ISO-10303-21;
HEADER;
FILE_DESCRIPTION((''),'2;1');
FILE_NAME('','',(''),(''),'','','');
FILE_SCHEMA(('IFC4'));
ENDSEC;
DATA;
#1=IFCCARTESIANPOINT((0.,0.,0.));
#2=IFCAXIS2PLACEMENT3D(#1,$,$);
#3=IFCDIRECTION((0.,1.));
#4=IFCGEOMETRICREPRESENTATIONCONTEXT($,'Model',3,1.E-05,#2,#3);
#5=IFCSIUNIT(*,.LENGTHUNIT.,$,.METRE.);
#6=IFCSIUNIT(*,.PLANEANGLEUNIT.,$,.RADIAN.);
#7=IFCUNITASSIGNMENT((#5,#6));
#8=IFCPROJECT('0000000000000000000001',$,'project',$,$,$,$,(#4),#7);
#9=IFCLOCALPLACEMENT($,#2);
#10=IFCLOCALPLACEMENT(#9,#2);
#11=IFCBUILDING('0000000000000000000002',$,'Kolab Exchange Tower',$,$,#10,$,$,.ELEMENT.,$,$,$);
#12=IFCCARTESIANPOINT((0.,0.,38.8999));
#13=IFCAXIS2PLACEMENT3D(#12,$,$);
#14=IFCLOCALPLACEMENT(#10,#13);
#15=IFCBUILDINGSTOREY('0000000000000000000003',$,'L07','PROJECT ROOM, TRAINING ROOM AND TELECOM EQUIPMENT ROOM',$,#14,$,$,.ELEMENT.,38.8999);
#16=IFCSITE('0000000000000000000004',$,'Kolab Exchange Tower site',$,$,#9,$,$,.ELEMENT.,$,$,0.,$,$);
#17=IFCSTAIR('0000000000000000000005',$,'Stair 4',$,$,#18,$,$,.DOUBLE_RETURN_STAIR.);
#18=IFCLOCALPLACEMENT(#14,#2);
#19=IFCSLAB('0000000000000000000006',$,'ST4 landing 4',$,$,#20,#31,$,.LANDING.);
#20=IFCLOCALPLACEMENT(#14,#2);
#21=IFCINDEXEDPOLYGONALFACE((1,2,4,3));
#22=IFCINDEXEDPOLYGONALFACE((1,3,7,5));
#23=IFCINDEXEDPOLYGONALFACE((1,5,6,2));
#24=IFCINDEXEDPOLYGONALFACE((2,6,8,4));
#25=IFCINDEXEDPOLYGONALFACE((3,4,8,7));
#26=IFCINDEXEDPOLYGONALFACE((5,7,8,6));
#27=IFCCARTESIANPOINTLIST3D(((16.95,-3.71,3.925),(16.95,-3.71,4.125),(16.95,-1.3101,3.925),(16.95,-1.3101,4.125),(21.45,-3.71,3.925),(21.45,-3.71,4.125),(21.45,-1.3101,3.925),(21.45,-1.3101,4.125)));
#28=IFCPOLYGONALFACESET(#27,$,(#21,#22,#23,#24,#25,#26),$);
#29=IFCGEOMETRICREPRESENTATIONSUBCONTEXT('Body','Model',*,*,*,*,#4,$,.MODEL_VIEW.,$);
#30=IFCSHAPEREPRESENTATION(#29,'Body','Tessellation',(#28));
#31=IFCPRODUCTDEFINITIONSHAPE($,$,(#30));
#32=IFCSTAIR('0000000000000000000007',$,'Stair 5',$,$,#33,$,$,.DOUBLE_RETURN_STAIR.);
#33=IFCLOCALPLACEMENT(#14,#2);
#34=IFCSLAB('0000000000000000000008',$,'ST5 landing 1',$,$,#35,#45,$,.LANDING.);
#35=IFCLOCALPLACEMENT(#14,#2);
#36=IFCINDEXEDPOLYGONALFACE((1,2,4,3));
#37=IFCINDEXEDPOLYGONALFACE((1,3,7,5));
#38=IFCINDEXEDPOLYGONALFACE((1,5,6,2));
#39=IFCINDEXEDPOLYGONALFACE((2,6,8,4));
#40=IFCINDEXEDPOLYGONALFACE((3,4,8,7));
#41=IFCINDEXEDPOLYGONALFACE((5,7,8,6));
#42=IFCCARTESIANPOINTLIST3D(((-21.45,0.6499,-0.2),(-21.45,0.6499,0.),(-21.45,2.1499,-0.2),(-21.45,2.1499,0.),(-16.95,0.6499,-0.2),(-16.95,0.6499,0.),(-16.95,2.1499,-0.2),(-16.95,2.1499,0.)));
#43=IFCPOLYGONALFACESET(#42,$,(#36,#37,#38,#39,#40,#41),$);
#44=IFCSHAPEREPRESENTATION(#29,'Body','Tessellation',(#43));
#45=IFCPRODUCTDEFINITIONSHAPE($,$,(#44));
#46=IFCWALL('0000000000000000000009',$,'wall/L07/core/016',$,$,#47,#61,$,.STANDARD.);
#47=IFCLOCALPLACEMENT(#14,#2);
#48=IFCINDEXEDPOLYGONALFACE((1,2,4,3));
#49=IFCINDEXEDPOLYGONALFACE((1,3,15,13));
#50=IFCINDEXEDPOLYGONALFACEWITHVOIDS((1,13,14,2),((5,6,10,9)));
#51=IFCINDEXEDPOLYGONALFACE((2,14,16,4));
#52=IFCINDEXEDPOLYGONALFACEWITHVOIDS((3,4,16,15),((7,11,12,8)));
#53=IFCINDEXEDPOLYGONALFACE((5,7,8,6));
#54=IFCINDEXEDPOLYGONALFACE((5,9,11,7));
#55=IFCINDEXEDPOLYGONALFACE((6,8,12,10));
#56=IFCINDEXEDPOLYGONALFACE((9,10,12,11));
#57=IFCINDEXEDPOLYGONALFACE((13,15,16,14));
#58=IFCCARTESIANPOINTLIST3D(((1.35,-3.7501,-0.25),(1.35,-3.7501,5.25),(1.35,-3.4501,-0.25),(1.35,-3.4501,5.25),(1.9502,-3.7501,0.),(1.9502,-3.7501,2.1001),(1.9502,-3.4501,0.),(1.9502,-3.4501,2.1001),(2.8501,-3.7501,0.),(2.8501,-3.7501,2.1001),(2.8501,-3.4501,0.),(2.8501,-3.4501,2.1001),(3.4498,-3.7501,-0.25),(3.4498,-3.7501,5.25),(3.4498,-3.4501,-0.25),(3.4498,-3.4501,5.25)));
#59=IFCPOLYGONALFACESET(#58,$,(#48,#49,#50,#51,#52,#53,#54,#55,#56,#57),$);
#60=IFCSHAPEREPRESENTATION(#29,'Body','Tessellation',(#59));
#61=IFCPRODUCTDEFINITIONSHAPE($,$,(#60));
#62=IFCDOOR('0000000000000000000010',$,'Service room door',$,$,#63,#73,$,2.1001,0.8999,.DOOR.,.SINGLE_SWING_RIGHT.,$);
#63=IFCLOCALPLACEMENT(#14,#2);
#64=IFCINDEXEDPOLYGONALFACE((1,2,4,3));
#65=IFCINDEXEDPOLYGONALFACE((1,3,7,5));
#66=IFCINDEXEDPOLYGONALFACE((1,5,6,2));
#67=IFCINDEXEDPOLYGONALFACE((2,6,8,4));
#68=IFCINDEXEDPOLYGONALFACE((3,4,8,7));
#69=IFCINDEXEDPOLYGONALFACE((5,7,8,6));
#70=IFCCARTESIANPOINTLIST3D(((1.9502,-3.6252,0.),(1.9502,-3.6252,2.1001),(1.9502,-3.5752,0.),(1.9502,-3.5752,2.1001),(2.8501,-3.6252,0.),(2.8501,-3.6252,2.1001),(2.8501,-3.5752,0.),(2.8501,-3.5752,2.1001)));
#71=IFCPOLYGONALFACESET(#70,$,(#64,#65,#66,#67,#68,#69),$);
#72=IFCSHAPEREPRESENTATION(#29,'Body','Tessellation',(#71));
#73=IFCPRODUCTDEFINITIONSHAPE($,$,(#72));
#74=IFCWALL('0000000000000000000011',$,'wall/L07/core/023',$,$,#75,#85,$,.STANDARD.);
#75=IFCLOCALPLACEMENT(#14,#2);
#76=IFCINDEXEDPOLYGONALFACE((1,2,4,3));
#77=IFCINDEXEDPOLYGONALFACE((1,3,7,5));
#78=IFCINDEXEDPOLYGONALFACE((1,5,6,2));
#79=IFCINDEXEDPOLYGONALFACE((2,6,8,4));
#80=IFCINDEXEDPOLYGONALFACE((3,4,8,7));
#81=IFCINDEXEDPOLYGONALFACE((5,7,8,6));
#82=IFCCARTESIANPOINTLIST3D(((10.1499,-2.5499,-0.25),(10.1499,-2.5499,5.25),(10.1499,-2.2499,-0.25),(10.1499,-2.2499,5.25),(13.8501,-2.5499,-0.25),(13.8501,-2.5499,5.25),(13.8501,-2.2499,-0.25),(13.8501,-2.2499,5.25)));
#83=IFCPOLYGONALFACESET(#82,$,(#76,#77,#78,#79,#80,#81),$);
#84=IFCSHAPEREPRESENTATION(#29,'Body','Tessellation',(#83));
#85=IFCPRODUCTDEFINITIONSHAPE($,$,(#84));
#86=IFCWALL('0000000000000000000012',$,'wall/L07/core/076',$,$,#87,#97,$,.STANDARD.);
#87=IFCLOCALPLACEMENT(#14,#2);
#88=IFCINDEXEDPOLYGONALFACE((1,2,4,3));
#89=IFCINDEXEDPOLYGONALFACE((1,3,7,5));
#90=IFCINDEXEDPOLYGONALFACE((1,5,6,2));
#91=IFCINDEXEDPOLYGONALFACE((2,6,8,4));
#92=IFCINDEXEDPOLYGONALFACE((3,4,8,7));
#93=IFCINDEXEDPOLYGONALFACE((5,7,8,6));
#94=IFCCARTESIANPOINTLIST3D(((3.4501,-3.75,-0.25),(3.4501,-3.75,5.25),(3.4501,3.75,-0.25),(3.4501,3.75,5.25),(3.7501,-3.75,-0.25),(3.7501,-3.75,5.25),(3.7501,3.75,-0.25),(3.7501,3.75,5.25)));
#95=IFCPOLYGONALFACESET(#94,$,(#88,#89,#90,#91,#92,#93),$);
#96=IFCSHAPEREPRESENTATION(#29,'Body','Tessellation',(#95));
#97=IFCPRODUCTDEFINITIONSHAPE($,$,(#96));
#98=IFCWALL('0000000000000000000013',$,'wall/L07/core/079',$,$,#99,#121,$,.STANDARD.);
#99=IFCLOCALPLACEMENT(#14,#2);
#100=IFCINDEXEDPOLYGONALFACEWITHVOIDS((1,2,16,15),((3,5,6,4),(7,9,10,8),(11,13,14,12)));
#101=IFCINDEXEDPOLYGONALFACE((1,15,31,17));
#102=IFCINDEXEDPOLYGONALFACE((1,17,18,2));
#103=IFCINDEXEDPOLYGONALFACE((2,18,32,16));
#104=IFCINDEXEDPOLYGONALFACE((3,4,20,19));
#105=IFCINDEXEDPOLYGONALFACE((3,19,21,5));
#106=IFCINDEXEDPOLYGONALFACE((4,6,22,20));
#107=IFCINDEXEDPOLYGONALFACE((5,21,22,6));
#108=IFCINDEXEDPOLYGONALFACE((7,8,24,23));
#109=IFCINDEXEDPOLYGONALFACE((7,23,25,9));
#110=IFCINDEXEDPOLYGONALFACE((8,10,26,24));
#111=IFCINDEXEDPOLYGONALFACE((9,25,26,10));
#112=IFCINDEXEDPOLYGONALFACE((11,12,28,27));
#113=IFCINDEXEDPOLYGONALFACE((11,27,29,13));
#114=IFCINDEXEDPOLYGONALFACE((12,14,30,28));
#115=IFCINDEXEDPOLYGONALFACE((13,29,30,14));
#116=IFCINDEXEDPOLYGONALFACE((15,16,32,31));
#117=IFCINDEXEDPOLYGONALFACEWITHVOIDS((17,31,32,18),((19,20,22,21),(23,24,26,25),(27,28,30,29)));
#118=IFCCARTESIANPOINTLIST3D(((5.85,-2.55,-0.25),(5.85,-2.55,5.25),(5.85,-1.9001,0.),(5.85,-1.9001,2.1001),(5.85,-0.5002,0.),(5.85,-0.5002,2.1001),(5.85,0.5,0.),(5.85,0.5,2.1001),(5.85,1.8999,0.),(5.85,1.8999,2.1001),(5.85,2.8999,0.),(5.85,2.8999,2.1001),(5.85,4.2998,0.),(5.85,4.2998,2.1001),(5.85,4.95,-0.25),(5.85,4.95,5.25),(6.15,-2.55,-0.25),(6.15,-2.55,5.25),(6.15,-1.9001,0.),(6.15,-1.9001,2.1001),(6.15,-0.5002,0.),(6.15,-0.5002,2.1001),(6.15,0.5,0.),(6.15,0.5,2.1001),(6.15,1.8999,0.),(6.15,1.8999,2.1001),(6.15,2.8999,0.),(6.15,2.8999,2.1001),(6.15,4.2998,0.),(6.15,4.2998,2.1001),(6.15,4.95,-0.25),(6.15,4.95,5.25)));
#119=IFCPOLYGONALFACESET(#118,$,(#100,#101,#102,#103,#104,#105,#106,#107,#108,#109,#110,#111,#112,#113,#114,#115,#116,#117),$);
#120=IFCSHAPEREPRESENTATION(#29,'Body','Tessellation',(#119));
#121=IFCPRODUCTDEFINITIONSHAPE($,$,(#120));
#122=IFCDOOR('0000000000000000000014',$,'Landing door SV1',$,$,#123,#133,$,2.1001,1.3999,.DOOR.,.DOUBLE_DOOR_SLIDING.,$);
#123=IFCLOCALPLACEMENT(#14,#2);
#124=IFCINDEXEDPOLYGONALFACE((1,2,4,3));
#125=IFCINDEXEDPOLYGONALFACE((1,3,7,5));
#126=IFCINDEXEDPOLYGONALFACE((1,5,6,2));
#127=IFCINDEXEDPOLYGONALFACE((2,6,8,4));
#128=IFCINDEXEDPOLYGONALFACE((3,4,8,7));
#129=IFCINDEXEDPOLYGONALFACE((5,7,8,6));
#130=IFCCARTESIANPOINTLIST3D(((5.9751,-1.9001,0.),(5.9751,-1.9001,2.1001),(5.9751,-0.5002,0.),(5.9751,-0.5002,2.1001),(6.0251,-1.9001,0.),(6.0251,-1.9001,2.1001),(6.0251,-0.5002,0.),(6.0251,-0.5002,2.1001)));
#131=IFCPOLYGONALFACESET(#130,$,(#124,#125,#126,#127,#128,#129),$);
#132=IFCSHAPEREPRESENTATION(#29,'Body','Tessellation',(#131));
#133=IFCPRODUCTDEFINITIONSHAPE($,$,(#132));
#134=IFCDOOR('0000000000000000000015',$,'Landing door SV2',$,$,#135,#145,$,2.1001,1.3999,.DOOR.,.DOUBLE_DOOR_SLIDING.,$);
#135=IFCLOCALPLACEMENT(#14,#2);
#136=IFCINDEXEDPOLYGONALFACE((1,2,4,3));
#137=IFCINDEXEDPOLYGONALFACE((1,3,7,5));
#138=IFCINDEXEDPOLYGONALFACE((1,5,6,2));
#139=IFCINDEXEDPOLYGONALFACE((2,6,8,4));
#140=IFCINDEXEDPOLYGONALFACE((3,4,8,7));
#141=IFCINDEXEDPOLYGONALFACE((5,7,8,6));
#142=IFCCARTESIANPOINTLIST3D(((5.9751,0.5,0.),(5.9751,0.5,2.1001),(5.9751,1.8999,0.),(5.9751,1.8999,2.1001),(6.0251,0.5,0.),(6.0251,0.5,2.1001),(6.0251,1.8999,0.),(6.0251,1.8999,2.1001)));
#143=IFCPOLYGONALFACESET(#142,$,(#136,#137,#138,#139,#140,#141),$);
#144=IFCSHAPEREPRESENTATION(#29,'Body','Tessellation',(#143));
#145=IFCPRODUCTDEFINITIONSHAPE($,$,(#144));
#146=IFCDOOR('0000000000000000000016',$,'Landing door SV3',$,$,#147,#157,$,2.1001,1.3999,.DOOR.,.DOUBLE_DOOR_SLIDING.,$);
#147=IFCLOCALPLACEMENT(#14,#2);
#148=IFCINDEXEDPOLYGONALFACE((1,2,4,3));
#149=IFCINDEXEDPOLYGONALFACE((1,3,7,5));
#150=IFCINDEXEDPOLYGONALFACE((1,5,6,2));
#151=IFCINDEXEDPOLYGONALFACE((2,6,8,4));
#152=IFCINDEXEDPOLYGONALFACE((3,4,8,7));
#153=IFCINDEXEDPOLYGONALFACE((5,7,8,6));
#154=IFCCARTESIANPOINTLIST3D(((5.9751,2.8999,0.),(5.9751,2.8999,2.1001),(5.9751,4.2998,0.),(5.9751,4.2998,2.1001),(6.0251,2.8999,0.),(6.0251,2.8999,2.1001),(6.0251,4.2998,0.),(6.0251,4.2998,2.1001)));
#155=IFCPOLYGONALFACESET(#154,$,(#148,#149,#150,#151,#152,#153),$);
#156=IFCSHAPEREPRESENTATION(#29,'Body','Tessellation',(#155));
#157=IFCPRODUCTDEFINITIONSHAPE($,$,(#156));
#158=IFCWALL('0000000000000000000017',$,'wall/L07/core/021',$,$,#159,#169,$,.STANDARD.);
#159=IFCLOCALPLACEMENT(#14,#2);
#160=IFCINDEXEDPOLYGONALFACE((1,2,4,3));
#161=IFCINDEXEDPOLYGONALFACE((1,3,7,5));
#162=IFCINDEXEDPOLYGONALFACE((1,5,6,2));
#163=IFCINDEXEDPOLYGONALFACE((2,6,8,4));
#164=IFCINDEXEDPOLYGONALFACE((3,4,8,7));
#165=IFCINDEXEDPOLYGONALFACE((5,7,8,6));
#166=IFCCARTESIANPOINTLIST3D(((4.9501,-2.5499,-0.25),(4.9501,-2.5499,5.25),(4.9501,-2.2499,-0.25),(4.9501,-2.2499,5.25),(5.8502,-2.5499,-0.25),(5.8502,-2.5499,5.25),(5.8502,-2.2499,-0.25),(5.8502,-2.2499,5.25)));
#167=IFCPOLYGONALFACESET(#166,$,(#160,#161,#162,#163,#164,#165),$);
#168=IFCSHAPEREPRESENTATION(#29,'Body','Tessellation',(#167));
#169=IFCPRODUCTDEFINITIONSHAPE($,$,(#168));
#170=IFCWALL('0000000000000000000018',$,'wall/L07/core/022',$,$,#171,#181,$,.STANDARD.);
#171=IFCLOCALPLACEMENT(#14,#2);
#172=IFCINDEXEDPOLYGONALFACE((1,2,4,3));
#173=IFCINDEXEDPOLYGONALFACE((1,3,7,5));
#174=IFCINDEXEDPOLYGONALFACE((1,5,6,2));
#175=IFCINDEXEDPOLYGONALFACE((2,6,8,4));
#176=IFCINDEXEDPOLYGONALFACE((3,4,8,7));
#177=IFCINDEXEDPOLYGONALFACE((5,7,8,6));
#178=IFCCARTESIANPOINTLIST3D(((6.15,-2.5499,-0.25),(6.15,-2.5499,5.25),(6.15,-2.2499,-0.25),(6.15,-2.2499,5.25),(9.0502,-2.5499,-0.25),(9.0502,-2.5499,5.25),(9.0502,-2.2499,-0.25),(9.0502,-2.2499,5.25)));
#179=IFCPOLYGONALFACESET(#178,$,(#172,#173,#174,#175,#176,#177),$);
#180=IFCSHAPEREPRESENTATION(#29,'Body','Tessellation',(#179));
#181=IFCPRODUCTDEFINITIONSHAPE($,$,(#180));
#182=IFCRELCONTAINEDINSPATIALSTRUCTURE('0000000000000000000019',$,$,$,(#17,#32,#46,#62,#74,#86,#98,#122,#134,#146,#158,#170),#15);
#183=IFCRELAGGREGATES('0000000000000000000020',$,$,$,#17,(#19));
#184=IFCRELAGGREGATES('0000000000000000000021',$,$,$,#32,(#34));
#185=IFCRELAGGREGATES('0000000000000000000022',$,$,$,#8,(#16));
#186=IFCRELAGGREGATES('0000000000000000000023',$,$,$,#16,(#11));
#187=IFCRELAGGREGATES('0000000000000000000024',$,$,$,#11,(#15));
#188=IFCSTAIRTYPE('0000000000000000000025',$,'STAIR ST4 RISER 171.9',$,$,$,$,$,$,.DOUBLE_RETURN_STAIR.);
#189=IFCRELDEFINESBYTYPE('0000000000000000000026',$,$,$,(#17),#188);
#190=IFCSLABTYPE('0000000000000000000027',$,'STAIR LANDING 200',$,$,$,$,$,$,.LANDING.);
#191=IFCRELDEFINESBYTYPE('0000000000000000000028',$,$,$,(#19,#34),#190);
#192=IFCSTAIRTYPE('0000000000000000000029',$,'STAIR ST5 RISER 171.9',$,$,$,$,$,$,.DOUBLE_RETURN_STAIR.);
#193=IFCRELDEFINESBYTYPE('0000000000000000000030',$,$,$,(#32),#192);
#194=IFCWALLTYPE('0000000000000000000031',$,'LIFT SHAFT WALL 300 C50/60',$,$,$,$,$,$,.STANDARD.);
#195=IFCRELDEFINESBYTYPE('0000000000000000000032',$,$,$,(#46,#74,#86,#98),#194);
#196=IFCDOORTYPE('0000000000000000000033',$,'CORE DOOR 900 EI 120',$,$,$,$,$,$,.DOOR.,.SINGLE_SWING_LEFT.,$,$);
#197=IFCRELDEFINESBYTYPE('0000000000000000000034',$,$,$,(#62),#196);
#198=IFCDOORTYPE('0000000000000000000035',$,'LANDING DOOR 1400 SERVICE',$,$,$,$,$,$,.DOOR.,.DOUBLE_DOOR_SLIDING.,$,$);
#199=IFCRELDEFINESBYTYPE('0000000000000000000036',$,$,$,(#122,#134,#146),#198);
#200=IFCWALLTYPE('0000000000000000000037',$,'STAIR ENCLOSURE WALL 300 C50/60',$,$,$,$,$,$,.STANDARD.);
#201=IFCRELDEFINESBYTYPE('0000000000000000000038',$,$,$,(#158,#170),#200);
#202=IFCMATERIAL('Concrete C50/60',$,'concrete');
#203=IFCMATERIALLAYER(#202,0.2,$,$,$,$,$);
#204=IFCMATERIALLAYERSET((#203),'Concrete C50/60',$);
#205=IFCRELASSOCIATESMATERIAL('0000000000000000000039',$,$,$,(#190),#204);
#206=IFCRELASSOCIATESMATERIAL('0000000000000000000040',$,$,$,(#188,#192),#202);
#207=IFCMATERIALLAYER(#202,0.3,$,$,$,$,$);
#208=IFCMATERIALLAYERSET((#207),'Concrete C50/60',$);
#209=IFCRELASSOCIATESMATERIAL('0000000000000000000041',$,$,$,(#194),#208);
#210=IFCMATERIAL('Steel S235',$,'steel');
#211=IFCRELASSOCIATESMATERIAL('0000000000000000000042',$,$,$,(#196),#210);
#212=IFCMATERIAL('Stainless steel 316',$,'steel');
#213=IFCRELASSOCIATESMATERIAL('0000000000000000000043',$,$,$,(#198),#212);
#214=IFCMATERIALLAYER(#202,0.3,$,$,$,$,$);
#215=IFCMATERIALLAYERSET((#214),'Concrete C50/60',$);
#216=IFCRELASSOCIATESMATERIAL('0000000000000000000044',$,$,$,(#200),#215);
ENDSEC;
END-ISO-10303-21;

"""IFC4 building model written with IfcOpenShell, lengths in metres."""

from ifc_helpers import new_model, si_unit, direction, frame, frame_2d, origin, place, context, subcontext, project, spatial, polyline, rectangle, outline, extrude, material, layer, layer_set, type_object, element, fill, aggregate, save


model = new_model("IFC4")

# Units and contexts
model_context = context("Model", 3, precision=1e-05, world=origin(), true_north=direction((0.0, 1.0)))
body_context = subcontext(model_context, "Body", "Model", "MODEL_VIEW")
ifc_project = project(units=[si_unit("LENGTHUNIT", "METRE"), si_unit("PLANEANGLEUNIT", "RADIAN")], contexts=[model_context])

# Site, building, storey
site_placement = place(None, origin())
site = spatial("IfcSite", under=ifc_project, at=site_placement, Name="Kolab Exchange Tower site", CompositionType="ELEMENT", RefElevation=0.0)
building_placement = place(site_placement, origin())
building = spatial("IfcBuilding", under=site, at=building_placement, Name="Kolab Exchange Tower", CompositionType="ELEMENT")
storey_placement = place(building_placement, frame((0.0, 0.0, 38.8999)))
storey = spatial("IfcBuildingStorey", under=building, at=storey_placement, Name="L07", Description="PROJECT ROOM, TRAINING ROOM AND TELECOM EQUIPMENT ROOM", CompositionType="ELEMENT", Elevation=38.8999)

# Stair, slab
ifc_material_1 = material(Name="Concrete C50/60", Category="concrete")
ifc_layer_1 = layer(ifc_material_1, 0.2)
ifc_layer_set_1 = layer_set([ifc_layer_1], Name="Concrete C50/60")
slab_type = type_object("IfcSlabType", Name="STAIR LANDING 200", PredefinedType="LANDING", material=ifc_layer_set_1)
stair_type_1 = type_object("IfcStairType", Name="STAIR ST4 RISER 171.9", PredefinedType="DOUBLE_RETURN_STAIR", material=ifc_material_1)
stair_1_placement = place(storey_placement, origin())
stair_1 = element("IfcStair", 1, at=stair_1_placement, inside=storey, type_object=stair_type_1, Name="Stair 4", PredefinedType="DOUBLE_RETURN_STAIR")
slab_1_placement = place(storey_placement, frame((0.0, 0.0, 3.925)))
slab_1 = element("IfcSlab", 2, at=slab_1_placement, type_object=slab_type, Name="ST4 landing 4", PredefinedType="LANDING", context=body_context, shape_type="SweptSolid", body=[
    extrude(outline(polyline([(16.95, -3.71), (21.45, -3.71), (21.45, -1.3101), (16.95, -1.3101), (16.95, -3.71)])), origin(), (0.0, 0.0, 1.0), 0.2),
])
aggregate(stair_1, [slab_1])

# Stair, slab
stair_type_2 = type_object("IfcStairType", Name="STAIR ST5 RISER 171.9", PredefinedType="DOUBLE_RETURN_STAIR", material=ifc_material_1)
stair_2_placement = place(storey_placement, origin())
stair_2 = element("IfcStair", 3, at=stair_2_placement, inside=storey, type_object=stair_type_2, Name="Stair 5", PredefinedType="DOUBLE_RETURN_STAIR")
slab_2_placement = place(storey_placement, frame((0.0, 0.0, -0.2)))
slab_2 = element("IfcSlab", 4, at=slab_2_placement, type_object=slab_type, Name="ST5 landing 1", PredefinedType="LANDING", context=body_context, shape_type="SweptSolid", body=[
    extrude(outline(polyline([(-21.45, 0.6499), (-16.95, 0.6499), (-16.95, 2.1499), (-21.45, 2.1499), (-21.45, 0.6499)])), origin(), (0.0, 0.0, 1.0), 0.2),
])
aggregate(stair_2, [slab_2])

# Wall, opening, door
ifc_layer_2 = layer(ifc_material_1, 0.3)
ifc_layer_set_2 = layer_set([ifc_layer_2], Name="Concrete C50/60")
wall_type_1 = type_object("IfcWallType", Name="LIFT SHAFT WALL 300 C50/60", PredefinedType="STANDARD", material=ifc_layer_set_2)
wall_1_placement = place(storey_placement, frame((1.3501, -3.6001, -0.25), z_axis=(0.0, 0.0, 1.0), x_axis=(1.0, 0.0, 0.0)))
wall_1 = element("IfcWall", 5, at=wall_1_placement, inside=storey, type_object=wall_type_1, Name="wall/L07/core/016", PredefinedType="STANDARD", context=body_context, shape_type="SweptSolid", body=[
    extrude(rectangle(XDim=2.0999, YDim=0.3, at=frame_2d((1.0498, 0.0))), origin(), (0.0, 0.0, 1.0), 5.5),
])
opening_1_placement = place(wall_1_placement, frame((0.6001, 0.0, 0.25)))
opening_1 = element("IfcOpeningElement", 6, at=opening_1_placement, cuts=wall_1, PredefinedType="OPENING", context=body_context, shape_type="SweptSolid", body=[
    extrude(rectangle(XDim=0.8999, YDim=2.1001, at=frame_2d((0.45, 1.05))), frame((0.0, 0.1602, 0.0), z_axis=(0.0, -1.0, 0.0), x_axis=(1.0, 0.0, 0.0)), (0.0, 0.0, 1.0), 0.3201),
])
ifc_material_2 = material(Name="Steel S235", Category="steel")
door_type_1 = type_object("IfcDoorType", Name="CORE DOOR 900 EI 120", OperationType="SINGLE_SWING_LEFT", PredefinedType="DOOR", material=ifc_material_2)
door_1_placement = place(opening_1_placement, origin())
door_1 = element("IfcDoor", 7, at=door_1_placement, inside=storey, type_object=door_type_1, Name="Service room door", OperationType="SINGLE_SWING_RIGHT", OverallHeight=2.1001, OverallWidth=0.8999, PredefinedType="DOOR", context=body_context, shape_type="SweptSolid", body=[
    extrude(rectangle(XDim=0.8999, YDim=2.1001, at=frame_2d((0.45, 1.05))), frame((0.0, 0.0249, 0.0), z_axis=(0.0, -1.0, 0.0), x_axis=(1.0, 0.0, 0.0)), (0.0, 0.0, 1.0), 0.05),
])
fill(opening_1, door_1)

# Walls
wall_2_placement = place(storey_placement, frame((10.1499, -2.3999, -0.25), z_axis=(0.0, 0.0, 1.0), x_axis=(1.0, 0.0, 0.0)))
element("IfcWall", 8, at=wall_2_placement, inside=storey, type_object=wall_type_1, Name="wall/L07/core/023", PredefinedType="STANDARD", context=body_context, shape_type="SweptSolid", body=[
    extrude(rectangle(XDim=3.7002, YDim=0.3, at=frame_2d((1.8501, 0.0))), origin(), (0.0, 0.0, 1.0), 5.5),
])
wall_3_placement = place(storey_placement, frame((3.6001, -3.75, -0.25), z_axis=(0.0, 0.0, 1.0), x_axis=(0.0, 1.0, 0.0)))
element("IfcWall", 9, at=wall_3_placement, inside=storey, type_object=wall_type_1, Name="wall/L07/core/076", PredefinedType="STANDARD", context=body_context, shape_type="SweptSolid", body=[
    extrude(rectangle(XDim=7.5, YDim=0.3, at=frame_2d((3.75, 0.0))), origin(), (0.0, 0.0, 1.0), 5.5),
])

# Wall, openings, doors
wall_4_placement = place(storey_placement, frame((6.0, -2.55, -0.25), z_axis=(0.0, 0.0, 1.0), x_axis=(0.0, 1.0, 0.0)))
wall_4 = element("IfcWall", 10, at=wall_4_placement, inside=storey, type_object=wall_type_1, Name="wall/L07/core/079", PredefinedType="STANDARD", context=body_context, shape_type="SweptSolid", body=[
    extrude(rectangle(XDim=7.5, YDim=0.3, at=frame_2d((3.75, 0.0))), origin(), (0.0, 0.0, 1.0), 5.5),
])
opening_2_placement = place(wall_4_placement, frame((0.6499, 0.0, 0.25)))
opening_2 = element("IfcOpeningElement", 11, at=opening_2_placement, cuts=wall_4, PredefinedType="OPENING", context=body_context, shape_type="SweptSolid", body=[
    extrude(rectangle(XDim=1.3999, YDim=2.1001, at=frame_2d((0.7, 1.05))), frame((0.0, 0.1602, 0.0), z_axis=(0.0, -1.0, 0.0), x_axis=(1.0, 0.0, 0.0)), (0.0, 0.0, 1.0), 0.3201),
])
opening_3_placement = place(wall_4_placement, frame((3.05, 0.0, 0.25)))
opening_3 = element("IfcOpeningElement", 12, at=opening_3_placement, cuts=wall_4, PredefinedType="OPENING", context=body_context, shape_type="SweptSolid", body=[
    extrude(rectangle(XDim=1.3999, YDim=2.1001, at=frame_2d((0.7, 1.05))), frame((0.0, 0.1602, 0.0), z_axis=(0.0, -1.0, 0.0), x_axis=(1.0, 0.0, 0.0)), (0.0, 0.0, 1.0), 0.3201),
])
opening_4_placement = place(wall_4_placement, frame((5.45, 0.0, 0.25)))
opening_4 = element("IfcOpeningElement", 13, at=opening_4_placement, cuts=wall_4, PredefinedType="OPENING", context=body_context, shape_type="SweptSolid", body=[
    extrude(rectangle(XDim=1.3999, YDim=2.1001, at=frame_2d((0.7, 1.05))), frame((0.0, 0.1602, 0.0), z_axis=(0.0, -1.0, 0.0), x_axis=(1.0, 0.0, 0.0)), (0.0, 0.0, 1.0), 0.3201),
])
ifc_material_3 = material(Name="Stainless steel 316", Category="steel")
door_type_2 = type_object("IfcDoorType", Name="LANDING DOOR 1400 SERVICE", OperationType="DOUBLE_DOOR_SLIDING", PredefinedType="DOOR", material=ifc_material_3)
door_2_placement = place(opening_2_placement, origin())
door_2 = element("IfcDoor", 14, at=door_2_placement, inside=storey, type_object=door_type_2, Name="Landing door SV1", OperationType="DOUBLE_DOOR_SLIDING", OverallHeight=2.1001, OverallWidth=1.3999, PredefinedType="DOOR", context=body_context, shape_type="SweptSolid", body=[
    extrude(rectangle(XDim=1.3999, YDim=2.1001, at=frame_2d((0.7, 1.05))), frame((0.0, 0.0249, 0.0), z_axis=(0.0, -1.0, 0.0), x_axis=(1.0, 0.0, 0.0)), (0.0, 0.0, 1.0), 0.05),
])
fill(opening_2, door_2)
door_3_placement = place(opening_3_placement, origin())
door_3 = element("IfcDoor", 15, at=door_3_placement, inside=storey, type_object=door_type_2, Name="Landing door SV2", OperationType="DOUBLE_DOOR_SLIDING", OverallHeight=2.1001, OverallWidth=1.3999, PredefinedType="DOOR", context=body_context, shape_type="SweptSolid", body=[
    extrude(rectangle(XDim=1.3999, YDim=2.1001, at=frame_2d((0.7, 1.05))), frame((0.0, 0.0249, 0.0), z_axis=(0.0, -1.0, 0.0), x_axis=(1.0, 0.0, 0.0)), (0.0, 0.0, 1.0), 0.05),
])
fill(opening_3, door_3)
door_4_placement = place(opening_4_placement, origin())
door_4 = element("IfcDoor", 16, at=door_4_placement, inside=storey, type_object=door_type_2, Name="Landing door SV3", OperationType="DOUBLE_DOOR_SLIDING", OverallHeight=2.1001, OverallWidth=1.3999, PredefinedType="DOOR", context=body_context, shape_type="SweptSolid", body=[
    extrude(rectangle(XDim=1.3999, YDim=2.1001, at=frame_2d((0.7, 1.05))), frame((0.0, 0.0249, 0.0), z_axis=(0.0, -1.0, 0.0), x_axis=(1.0, 0.0, 0.0)), (0.0, 0.0, 1.0), 0.05),
])
fill(opening_4, door_4)

# Walls
ifc_layer_3 = layer(ifc_material_1, 0.3)
ifc_layer_set_3 = layer_set([ifc_layer_3], Name="Concrete C50/60")
wall_type_2 = type_object("IfcWallType", Name="STAIR ENCLOSURE WALL 300 C50/60", PredefinedType="STANDARD", material=ifc_layer_set_3)
wall_5_placement = place(storey_placement, frame((4.95, -2.3999, -0.25), z_axis=(0.0, 0.0, 1.0), x_axis=(1.0, 0.0, 0.0)))
element("IfcWall", 17, at=wall_5_placement, inside=storey, type_object=wall_type_2, Name="wall/L07/core/021", PredefinedType="STANDARD", context=body_context, shape_type="SweptSolid", body=[
    extrude(rectangle(XDim=0.9001, YDim=0.3, at=frame_2d((0.4502, 0.0))), origin(), (0.0, 0.0, 1.0), 5.5),
])
wall_6_placement = place(storey_placement, frame((6.1499, -2.3999, -0.25), z_axis=(0.0, 0.0, 1.0), x_axis=(1.0, 0.0, 0.0)))
element("IfcWall", 18, at=wall_6_placement, inside=storey, type_object=wall_type_2, Name="wall/L07/core/022", PredefinedType="STANDARD", context=body_context, shape_type="SweptSolid", body=[
    extrude(rectangle(XDim=2.9001, YDim=0.3, at=frame_2d((1.4502, 0.0))), origin(), (0.0, 0.0, 1.0), 5.5),
])

save(model, "model.ifc")
